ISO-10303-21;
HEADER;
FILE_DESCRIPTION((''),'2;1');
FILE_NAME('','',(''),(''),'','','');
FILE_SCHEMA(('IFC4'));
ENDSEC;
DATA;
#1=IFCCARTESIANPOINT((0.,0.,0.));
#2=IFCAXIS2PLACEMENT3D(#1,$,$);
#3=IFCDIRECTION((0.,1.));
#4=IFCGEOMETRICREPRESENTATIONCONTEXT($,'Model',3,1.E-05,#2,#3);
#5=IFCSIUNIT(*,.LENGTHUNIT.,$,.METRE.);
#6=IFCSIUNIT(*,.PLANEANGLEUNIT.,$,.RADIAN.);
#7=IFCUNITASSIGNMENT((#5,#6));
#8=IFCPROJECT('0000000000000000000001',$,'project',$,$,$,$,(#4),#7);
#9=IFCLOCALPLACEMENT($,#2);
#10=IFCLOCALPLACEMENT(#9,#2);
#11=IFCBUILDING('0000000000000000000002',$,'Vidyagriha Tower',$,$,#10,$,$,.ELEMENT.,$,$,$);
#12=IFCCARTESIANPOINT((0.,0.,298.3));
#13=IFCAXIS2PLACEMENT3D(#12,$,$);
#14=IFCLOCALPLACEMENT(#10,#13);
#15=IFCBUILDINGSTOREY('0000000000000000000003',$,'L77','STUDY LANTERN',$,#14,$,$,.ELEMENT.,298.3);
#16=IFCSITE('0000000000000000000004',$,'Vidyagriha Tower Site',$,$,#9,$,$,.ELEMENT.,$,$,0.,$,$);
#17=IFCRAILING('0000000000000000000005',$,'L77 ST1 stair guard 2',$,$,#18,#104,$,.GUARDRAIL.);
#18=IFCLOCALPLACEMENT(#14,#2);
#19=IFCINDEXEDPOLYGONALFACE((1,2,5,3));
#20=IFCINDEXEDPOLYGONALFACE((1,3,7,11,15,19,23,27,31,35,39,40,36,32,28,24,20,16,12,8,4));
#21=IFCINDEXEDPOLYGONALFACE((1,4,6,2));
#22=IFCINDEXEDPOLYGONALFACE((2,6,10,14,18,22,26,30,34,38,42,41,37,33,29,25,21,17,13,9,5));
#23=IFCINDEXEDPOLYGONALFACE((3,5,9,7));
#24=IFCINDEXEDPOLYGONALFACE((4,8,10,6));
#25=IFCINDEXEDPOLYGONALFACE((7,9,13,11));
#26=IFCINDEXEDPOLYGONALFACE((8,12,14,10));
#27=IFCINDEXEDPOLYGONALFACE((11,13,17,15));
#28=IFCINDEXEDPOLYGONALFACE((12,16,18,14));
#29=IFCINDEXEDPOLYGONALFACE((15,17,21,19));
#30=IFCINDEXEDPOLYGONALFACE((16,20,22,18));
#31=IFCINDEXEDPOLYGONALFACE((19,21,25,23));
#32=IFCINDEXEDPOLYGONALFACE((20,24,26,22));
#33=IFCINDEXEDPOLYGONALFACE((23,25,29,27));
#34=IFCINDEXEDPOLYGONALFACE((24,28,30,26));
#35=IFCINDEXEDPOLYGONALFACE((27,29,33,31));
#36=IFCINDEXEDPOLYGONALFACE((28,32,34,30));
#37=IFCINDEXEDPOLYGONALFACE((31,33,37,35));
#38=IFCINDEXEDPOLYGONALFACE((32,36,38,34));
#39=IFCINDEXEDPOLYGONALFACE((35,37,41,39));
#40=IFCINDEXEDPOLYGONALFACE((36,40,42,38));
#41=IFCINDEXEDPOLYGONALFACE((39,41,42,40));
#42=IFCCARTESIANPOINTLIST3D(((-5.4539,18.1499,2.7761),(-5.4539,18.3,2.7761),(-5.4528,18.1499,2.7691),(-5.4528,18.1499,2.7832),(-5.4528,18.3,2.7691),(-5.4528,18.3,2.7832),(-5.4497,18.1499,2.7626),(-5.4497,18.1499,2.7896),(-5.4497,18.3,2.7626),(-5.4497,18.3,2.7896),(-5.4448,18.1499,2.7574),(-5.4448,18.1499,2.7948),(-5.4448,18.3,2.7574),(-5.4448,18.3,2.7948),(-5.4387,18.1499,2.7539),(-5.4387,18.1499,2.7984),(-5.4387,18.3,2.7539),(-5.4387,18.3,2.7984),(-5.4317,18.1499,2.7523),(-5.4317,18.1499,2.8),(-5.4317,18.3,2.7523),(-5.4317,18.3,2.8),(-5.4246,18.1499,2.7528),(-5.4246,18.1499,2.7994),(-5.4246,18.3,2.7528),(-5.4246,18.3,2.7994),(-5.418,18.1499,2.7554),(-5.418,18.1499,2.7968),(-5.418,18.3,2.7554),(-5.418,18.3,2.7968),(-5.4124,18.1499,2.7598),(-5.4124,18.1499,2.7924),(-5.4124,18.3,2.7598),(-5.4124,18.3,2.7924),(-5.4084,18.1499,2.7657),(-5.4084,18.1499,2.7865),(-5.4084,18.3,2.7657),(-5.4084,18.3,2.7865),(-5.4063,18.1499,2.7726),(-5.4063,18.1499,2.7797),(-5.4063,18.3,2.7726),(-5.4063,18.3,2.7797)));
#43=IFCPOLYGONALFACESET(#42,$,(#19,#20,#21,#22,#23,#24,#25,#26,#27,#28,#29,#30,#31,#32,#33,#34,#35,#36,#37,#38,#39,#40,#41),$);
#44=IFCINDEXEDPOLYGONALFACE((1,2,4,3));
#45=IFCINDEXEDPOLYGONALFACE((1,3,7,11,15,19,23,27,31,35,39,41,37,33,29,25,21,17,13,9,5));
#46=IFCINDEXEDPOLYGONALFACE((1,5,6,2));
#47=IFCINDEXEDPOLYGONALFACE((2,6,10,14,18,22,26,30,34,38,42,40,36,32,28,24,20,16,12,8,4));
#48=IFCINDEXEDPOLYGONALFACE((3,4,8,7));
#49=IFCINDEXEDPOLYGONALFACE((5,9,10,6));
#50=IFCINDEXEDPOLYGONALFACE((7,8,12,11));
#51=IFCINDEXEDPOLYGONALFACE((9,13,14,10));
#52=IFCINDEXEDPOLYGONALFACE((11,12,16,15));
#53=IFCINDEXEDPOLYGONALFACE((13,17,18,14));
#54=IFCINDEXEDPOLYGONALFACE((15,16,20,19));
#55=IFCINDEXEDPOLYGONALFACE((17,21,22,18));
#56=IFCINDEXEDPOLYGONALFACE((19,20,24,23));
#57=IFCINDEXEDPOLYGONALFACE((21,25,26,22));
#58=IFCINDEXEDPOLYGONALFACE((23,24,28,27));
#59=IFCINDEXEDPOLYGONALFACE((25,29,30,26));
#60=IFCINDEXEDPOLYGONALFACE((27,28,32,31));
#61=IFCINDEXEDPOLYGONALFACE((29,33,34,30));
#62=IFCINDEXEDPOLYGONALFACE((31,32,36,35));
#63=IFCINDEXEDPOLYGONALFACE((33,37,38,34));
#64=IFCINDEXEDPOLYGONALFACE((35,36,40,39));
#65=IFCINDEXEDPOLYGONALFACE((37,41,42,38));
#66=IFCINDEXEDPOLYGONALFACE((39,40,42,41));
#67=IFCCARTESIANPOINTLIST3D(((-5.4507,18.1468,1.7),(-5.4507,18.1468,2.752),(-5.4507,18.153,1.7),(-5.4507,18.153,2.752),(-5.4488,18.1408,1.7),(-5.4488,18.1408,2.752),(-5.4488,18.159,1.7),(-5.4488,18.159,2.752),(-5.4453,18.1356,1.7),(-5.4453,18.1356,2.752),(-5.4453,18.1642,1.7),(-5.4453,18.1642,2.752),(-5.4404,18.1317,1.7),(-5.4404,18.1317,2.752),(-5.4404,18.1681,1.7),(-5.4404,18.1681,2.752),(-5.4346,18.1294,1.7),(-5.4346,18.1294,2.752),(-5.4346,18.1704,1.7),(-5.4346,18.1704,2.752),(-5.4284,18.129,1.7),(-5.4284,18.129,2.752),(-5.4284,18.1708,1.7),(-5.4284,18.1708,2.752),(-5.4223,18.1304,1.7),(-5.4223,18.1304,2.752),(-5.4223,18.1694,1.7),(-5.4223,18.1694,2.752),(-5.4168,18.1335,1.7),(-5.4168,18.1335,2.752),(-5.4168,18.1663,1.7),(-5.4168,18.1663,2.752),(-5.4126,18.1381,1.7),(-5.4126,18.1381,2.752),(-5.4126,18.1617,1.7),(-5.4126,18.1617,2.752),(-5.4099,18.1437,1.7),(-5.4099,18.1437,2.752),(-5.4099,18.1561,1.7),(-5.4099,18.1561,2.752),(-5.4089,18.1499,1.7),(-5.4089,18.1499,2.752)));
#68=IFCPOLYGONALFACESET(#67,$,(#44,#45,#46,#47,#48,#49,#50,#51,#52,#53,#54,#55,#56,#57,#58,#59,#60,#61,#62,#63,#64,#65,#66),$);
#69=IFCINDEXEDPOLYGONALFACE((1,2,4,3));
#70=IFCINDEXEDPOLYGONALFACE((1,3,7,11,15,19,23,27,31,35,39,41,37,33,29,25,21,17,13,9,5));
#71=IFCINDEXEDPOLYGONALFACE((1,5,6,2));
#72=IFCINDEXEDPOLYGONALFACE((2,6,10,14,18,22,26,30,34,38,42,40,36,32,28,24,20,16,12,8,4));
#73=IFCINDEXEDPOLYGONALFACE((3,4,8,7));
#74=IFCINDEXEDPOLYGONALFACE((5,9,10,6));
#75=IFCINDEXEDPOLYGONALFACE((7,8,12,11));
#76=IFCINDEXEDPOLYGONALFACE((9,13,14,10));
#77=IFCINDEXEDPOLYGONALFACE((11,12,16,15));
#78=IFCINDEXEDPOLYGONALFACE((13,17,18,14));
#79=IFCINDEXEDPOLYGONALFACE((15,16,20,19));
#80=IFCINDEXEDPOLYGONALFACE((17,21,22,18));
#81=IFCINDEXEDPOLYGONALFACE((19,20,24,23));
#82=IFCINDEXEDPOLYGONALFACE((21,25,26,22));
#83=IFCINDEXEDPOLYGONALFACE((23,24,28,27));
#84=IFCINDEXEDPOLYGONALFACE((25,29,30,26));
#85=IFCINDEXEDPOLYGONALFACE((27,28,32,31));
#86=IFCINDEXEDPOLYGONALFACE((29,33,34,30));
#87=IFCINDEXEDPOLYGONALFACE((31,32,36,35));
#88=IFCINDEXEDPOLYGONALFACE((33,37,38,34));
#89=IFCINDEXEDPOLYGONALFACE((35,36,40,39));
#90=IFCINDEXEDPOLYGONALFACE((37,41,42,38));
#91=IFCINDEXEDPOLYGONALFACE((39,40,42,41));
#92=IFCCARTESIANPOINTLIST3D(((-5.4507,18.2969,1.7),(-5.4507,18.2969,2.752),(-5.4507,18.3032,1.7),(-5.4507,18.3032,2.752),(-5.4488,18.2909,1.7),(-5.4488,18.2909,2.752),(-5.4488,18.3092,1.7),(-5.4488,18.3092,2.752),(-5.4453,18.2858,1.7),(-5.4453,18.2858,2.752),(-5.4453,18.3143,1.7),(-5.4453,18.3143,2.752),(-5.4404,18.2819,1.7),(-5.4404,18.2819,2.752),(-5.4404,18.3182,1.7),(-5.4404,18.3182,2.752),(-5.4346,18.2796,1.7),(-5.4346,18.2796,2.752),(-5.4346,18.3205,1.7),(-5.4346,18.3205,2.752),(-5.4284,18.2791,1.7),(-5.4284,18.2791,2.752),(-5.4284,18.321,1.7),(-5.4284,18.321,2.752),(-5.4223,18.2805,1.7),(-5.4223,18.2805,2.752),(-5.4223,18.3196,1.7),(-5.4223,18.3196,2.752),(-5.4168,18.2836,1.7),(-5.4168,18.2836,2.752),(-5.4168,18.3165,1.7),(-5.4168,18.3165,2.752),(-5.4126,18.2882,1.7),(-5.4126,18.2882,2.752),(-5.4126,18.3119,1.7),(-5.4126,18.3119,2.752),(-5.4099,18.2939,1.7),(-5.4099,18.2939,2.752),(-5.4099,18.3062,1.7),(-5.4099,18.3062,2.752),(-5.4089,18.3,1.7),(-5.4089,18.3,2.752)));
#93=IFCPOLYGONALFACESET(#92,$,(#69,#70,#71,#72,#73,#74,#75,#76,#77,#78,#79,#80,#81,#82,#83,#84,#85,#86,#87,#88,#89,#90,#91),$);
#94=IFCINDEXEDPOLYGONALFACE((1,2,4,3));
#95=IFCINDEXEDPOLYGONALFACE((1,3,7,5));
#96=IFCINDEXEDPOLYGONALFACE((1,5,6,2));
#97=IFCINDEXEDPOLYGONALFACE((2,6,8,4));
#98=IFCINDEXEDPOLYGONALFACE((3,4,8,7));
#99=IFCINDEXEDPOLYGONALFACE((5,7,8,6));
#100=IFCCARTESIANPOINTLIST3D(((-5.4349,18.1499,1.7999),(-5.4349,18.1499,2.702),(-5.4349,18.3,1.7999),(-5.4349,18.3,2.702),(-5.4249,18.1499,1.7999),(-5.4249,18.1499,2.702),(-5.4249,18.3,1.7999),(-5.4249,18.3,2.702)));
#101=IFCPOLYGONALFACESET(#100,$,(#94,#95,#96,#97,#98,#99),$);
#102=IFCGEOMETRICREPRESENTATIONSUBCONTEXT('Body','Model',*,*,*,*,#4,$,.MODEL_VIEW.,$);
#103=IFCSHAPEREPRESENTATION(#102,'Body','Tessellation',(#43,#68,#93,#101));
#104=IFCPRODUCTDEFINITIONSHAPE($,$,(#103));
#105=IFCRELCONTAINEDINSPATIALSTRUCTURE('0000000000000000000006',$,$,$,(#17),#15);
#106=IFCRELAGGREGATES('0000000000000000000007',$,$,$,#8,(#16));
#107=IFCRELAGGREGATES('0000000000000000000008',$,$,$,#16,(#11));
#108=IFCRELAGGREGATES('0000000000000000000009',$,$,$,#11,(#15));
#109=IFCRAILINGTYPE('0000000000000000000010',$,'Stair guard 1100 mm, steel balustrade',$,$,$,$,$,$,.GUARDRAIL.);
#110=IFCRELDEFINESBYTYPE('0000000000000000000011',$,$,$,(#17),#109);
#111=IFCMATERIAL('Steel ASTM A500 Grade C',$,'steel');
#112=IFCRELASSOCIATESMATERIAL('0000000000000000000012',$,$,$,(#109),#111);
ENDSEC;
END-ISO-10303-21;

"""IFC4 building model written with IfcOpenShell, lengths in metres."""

from ifc_helpers import new_model, si_unit, direction, frame, origin, origin_2d, place, context, subcontext, project, spatial, rectangle, circle, extrude, material, type_object, element, save


model = new_model("IFC4")

# Units and contexts
model_context = context("Model", 3, precision=1e-05, world=origin(), true_north=direction((0.0, 1.0)))
body_context = subcontext(model_context, "Body", "Model", "MODEL_VIEW")
ifc_project = project(units=[si_unit("LENGTHUNIT", "METRE"), si_unit("PLANEANGLEUNIT", "RADIAN")], contexts=[model_context])

# Site, building, storey
site_placement = place(None, origin())
site = spatial("IfcSite", under=ifc_project, at=site_placement, Name="Vidyagriha Tower Site", CompositionType="ELEMENT", RefElevation=0.0)
building_placement = place(site_placement, origin())
building = spatial("IfcBuilding", under=site, at=building_placement, Name="Vidyagriha Tower", CompositionType="ELEMENT")
storey_placement = place(building_placement, frame((0.0, 0.0, 298.3)))
storey = spatial("IfcBuildingStorey", under=building, at=storey_placement, Name="L77", Description="STUDY LANTERN", CompositionType="ELEMENT", Elevation=298.3)

# Railing
ifc_material_1 = material(Name="Steel ASTM A500 Grade C", Category="steel")
railing_type_1 = type_object("IfcRailingType", Name="Stair guard 1100 mm, steel balustrade", PredefinedType="GUARDRAIL", material=ifc_material_1)
railing_1_placement = place(storey_placement, frame((-5.4299, 18.1499, 1.7)))
element("IfcRailing", 1, at=railing_1_placement, inside=storey, type_object=railing_type_1, Name="L77 ST1 stair guard 2", PredefinedType="GUARDRAIL", context=body_context, shape_type="SweptSolid", body=[
    extrude(circle(Radius=0.0239, at=origin_2d()), frame((0.0, 0.0, 1.0762), z_axis=(0.0, 1.0, 0.0), x_axis=(-1.0, 0.0, 0.0)), (0.0, 0.0, 1.0), 0.1501),
    extrude(circle(Radius=0.021, at=origin_2d()), origin(), (0.0, 0.0, 1.0), 1.052),
    extrude(circle(Radius=0.021, at=origin_2d()), frame((0.0, 0.1501, 0.0)), (0.0, 0.0, 1.0), 1.052),
    extrude(rectangle(XDim=0.01, YDim=0.9021, at=origin_2d()), frame((0.0, 0.0, 0.551), z_axis=(0.0, 1.0, 0.0), x_axis=(-1.0, 0.0, 0.0)), (0.0, 0.0, 1.0), 0.1501),
])

save(model, "model.ifc")
